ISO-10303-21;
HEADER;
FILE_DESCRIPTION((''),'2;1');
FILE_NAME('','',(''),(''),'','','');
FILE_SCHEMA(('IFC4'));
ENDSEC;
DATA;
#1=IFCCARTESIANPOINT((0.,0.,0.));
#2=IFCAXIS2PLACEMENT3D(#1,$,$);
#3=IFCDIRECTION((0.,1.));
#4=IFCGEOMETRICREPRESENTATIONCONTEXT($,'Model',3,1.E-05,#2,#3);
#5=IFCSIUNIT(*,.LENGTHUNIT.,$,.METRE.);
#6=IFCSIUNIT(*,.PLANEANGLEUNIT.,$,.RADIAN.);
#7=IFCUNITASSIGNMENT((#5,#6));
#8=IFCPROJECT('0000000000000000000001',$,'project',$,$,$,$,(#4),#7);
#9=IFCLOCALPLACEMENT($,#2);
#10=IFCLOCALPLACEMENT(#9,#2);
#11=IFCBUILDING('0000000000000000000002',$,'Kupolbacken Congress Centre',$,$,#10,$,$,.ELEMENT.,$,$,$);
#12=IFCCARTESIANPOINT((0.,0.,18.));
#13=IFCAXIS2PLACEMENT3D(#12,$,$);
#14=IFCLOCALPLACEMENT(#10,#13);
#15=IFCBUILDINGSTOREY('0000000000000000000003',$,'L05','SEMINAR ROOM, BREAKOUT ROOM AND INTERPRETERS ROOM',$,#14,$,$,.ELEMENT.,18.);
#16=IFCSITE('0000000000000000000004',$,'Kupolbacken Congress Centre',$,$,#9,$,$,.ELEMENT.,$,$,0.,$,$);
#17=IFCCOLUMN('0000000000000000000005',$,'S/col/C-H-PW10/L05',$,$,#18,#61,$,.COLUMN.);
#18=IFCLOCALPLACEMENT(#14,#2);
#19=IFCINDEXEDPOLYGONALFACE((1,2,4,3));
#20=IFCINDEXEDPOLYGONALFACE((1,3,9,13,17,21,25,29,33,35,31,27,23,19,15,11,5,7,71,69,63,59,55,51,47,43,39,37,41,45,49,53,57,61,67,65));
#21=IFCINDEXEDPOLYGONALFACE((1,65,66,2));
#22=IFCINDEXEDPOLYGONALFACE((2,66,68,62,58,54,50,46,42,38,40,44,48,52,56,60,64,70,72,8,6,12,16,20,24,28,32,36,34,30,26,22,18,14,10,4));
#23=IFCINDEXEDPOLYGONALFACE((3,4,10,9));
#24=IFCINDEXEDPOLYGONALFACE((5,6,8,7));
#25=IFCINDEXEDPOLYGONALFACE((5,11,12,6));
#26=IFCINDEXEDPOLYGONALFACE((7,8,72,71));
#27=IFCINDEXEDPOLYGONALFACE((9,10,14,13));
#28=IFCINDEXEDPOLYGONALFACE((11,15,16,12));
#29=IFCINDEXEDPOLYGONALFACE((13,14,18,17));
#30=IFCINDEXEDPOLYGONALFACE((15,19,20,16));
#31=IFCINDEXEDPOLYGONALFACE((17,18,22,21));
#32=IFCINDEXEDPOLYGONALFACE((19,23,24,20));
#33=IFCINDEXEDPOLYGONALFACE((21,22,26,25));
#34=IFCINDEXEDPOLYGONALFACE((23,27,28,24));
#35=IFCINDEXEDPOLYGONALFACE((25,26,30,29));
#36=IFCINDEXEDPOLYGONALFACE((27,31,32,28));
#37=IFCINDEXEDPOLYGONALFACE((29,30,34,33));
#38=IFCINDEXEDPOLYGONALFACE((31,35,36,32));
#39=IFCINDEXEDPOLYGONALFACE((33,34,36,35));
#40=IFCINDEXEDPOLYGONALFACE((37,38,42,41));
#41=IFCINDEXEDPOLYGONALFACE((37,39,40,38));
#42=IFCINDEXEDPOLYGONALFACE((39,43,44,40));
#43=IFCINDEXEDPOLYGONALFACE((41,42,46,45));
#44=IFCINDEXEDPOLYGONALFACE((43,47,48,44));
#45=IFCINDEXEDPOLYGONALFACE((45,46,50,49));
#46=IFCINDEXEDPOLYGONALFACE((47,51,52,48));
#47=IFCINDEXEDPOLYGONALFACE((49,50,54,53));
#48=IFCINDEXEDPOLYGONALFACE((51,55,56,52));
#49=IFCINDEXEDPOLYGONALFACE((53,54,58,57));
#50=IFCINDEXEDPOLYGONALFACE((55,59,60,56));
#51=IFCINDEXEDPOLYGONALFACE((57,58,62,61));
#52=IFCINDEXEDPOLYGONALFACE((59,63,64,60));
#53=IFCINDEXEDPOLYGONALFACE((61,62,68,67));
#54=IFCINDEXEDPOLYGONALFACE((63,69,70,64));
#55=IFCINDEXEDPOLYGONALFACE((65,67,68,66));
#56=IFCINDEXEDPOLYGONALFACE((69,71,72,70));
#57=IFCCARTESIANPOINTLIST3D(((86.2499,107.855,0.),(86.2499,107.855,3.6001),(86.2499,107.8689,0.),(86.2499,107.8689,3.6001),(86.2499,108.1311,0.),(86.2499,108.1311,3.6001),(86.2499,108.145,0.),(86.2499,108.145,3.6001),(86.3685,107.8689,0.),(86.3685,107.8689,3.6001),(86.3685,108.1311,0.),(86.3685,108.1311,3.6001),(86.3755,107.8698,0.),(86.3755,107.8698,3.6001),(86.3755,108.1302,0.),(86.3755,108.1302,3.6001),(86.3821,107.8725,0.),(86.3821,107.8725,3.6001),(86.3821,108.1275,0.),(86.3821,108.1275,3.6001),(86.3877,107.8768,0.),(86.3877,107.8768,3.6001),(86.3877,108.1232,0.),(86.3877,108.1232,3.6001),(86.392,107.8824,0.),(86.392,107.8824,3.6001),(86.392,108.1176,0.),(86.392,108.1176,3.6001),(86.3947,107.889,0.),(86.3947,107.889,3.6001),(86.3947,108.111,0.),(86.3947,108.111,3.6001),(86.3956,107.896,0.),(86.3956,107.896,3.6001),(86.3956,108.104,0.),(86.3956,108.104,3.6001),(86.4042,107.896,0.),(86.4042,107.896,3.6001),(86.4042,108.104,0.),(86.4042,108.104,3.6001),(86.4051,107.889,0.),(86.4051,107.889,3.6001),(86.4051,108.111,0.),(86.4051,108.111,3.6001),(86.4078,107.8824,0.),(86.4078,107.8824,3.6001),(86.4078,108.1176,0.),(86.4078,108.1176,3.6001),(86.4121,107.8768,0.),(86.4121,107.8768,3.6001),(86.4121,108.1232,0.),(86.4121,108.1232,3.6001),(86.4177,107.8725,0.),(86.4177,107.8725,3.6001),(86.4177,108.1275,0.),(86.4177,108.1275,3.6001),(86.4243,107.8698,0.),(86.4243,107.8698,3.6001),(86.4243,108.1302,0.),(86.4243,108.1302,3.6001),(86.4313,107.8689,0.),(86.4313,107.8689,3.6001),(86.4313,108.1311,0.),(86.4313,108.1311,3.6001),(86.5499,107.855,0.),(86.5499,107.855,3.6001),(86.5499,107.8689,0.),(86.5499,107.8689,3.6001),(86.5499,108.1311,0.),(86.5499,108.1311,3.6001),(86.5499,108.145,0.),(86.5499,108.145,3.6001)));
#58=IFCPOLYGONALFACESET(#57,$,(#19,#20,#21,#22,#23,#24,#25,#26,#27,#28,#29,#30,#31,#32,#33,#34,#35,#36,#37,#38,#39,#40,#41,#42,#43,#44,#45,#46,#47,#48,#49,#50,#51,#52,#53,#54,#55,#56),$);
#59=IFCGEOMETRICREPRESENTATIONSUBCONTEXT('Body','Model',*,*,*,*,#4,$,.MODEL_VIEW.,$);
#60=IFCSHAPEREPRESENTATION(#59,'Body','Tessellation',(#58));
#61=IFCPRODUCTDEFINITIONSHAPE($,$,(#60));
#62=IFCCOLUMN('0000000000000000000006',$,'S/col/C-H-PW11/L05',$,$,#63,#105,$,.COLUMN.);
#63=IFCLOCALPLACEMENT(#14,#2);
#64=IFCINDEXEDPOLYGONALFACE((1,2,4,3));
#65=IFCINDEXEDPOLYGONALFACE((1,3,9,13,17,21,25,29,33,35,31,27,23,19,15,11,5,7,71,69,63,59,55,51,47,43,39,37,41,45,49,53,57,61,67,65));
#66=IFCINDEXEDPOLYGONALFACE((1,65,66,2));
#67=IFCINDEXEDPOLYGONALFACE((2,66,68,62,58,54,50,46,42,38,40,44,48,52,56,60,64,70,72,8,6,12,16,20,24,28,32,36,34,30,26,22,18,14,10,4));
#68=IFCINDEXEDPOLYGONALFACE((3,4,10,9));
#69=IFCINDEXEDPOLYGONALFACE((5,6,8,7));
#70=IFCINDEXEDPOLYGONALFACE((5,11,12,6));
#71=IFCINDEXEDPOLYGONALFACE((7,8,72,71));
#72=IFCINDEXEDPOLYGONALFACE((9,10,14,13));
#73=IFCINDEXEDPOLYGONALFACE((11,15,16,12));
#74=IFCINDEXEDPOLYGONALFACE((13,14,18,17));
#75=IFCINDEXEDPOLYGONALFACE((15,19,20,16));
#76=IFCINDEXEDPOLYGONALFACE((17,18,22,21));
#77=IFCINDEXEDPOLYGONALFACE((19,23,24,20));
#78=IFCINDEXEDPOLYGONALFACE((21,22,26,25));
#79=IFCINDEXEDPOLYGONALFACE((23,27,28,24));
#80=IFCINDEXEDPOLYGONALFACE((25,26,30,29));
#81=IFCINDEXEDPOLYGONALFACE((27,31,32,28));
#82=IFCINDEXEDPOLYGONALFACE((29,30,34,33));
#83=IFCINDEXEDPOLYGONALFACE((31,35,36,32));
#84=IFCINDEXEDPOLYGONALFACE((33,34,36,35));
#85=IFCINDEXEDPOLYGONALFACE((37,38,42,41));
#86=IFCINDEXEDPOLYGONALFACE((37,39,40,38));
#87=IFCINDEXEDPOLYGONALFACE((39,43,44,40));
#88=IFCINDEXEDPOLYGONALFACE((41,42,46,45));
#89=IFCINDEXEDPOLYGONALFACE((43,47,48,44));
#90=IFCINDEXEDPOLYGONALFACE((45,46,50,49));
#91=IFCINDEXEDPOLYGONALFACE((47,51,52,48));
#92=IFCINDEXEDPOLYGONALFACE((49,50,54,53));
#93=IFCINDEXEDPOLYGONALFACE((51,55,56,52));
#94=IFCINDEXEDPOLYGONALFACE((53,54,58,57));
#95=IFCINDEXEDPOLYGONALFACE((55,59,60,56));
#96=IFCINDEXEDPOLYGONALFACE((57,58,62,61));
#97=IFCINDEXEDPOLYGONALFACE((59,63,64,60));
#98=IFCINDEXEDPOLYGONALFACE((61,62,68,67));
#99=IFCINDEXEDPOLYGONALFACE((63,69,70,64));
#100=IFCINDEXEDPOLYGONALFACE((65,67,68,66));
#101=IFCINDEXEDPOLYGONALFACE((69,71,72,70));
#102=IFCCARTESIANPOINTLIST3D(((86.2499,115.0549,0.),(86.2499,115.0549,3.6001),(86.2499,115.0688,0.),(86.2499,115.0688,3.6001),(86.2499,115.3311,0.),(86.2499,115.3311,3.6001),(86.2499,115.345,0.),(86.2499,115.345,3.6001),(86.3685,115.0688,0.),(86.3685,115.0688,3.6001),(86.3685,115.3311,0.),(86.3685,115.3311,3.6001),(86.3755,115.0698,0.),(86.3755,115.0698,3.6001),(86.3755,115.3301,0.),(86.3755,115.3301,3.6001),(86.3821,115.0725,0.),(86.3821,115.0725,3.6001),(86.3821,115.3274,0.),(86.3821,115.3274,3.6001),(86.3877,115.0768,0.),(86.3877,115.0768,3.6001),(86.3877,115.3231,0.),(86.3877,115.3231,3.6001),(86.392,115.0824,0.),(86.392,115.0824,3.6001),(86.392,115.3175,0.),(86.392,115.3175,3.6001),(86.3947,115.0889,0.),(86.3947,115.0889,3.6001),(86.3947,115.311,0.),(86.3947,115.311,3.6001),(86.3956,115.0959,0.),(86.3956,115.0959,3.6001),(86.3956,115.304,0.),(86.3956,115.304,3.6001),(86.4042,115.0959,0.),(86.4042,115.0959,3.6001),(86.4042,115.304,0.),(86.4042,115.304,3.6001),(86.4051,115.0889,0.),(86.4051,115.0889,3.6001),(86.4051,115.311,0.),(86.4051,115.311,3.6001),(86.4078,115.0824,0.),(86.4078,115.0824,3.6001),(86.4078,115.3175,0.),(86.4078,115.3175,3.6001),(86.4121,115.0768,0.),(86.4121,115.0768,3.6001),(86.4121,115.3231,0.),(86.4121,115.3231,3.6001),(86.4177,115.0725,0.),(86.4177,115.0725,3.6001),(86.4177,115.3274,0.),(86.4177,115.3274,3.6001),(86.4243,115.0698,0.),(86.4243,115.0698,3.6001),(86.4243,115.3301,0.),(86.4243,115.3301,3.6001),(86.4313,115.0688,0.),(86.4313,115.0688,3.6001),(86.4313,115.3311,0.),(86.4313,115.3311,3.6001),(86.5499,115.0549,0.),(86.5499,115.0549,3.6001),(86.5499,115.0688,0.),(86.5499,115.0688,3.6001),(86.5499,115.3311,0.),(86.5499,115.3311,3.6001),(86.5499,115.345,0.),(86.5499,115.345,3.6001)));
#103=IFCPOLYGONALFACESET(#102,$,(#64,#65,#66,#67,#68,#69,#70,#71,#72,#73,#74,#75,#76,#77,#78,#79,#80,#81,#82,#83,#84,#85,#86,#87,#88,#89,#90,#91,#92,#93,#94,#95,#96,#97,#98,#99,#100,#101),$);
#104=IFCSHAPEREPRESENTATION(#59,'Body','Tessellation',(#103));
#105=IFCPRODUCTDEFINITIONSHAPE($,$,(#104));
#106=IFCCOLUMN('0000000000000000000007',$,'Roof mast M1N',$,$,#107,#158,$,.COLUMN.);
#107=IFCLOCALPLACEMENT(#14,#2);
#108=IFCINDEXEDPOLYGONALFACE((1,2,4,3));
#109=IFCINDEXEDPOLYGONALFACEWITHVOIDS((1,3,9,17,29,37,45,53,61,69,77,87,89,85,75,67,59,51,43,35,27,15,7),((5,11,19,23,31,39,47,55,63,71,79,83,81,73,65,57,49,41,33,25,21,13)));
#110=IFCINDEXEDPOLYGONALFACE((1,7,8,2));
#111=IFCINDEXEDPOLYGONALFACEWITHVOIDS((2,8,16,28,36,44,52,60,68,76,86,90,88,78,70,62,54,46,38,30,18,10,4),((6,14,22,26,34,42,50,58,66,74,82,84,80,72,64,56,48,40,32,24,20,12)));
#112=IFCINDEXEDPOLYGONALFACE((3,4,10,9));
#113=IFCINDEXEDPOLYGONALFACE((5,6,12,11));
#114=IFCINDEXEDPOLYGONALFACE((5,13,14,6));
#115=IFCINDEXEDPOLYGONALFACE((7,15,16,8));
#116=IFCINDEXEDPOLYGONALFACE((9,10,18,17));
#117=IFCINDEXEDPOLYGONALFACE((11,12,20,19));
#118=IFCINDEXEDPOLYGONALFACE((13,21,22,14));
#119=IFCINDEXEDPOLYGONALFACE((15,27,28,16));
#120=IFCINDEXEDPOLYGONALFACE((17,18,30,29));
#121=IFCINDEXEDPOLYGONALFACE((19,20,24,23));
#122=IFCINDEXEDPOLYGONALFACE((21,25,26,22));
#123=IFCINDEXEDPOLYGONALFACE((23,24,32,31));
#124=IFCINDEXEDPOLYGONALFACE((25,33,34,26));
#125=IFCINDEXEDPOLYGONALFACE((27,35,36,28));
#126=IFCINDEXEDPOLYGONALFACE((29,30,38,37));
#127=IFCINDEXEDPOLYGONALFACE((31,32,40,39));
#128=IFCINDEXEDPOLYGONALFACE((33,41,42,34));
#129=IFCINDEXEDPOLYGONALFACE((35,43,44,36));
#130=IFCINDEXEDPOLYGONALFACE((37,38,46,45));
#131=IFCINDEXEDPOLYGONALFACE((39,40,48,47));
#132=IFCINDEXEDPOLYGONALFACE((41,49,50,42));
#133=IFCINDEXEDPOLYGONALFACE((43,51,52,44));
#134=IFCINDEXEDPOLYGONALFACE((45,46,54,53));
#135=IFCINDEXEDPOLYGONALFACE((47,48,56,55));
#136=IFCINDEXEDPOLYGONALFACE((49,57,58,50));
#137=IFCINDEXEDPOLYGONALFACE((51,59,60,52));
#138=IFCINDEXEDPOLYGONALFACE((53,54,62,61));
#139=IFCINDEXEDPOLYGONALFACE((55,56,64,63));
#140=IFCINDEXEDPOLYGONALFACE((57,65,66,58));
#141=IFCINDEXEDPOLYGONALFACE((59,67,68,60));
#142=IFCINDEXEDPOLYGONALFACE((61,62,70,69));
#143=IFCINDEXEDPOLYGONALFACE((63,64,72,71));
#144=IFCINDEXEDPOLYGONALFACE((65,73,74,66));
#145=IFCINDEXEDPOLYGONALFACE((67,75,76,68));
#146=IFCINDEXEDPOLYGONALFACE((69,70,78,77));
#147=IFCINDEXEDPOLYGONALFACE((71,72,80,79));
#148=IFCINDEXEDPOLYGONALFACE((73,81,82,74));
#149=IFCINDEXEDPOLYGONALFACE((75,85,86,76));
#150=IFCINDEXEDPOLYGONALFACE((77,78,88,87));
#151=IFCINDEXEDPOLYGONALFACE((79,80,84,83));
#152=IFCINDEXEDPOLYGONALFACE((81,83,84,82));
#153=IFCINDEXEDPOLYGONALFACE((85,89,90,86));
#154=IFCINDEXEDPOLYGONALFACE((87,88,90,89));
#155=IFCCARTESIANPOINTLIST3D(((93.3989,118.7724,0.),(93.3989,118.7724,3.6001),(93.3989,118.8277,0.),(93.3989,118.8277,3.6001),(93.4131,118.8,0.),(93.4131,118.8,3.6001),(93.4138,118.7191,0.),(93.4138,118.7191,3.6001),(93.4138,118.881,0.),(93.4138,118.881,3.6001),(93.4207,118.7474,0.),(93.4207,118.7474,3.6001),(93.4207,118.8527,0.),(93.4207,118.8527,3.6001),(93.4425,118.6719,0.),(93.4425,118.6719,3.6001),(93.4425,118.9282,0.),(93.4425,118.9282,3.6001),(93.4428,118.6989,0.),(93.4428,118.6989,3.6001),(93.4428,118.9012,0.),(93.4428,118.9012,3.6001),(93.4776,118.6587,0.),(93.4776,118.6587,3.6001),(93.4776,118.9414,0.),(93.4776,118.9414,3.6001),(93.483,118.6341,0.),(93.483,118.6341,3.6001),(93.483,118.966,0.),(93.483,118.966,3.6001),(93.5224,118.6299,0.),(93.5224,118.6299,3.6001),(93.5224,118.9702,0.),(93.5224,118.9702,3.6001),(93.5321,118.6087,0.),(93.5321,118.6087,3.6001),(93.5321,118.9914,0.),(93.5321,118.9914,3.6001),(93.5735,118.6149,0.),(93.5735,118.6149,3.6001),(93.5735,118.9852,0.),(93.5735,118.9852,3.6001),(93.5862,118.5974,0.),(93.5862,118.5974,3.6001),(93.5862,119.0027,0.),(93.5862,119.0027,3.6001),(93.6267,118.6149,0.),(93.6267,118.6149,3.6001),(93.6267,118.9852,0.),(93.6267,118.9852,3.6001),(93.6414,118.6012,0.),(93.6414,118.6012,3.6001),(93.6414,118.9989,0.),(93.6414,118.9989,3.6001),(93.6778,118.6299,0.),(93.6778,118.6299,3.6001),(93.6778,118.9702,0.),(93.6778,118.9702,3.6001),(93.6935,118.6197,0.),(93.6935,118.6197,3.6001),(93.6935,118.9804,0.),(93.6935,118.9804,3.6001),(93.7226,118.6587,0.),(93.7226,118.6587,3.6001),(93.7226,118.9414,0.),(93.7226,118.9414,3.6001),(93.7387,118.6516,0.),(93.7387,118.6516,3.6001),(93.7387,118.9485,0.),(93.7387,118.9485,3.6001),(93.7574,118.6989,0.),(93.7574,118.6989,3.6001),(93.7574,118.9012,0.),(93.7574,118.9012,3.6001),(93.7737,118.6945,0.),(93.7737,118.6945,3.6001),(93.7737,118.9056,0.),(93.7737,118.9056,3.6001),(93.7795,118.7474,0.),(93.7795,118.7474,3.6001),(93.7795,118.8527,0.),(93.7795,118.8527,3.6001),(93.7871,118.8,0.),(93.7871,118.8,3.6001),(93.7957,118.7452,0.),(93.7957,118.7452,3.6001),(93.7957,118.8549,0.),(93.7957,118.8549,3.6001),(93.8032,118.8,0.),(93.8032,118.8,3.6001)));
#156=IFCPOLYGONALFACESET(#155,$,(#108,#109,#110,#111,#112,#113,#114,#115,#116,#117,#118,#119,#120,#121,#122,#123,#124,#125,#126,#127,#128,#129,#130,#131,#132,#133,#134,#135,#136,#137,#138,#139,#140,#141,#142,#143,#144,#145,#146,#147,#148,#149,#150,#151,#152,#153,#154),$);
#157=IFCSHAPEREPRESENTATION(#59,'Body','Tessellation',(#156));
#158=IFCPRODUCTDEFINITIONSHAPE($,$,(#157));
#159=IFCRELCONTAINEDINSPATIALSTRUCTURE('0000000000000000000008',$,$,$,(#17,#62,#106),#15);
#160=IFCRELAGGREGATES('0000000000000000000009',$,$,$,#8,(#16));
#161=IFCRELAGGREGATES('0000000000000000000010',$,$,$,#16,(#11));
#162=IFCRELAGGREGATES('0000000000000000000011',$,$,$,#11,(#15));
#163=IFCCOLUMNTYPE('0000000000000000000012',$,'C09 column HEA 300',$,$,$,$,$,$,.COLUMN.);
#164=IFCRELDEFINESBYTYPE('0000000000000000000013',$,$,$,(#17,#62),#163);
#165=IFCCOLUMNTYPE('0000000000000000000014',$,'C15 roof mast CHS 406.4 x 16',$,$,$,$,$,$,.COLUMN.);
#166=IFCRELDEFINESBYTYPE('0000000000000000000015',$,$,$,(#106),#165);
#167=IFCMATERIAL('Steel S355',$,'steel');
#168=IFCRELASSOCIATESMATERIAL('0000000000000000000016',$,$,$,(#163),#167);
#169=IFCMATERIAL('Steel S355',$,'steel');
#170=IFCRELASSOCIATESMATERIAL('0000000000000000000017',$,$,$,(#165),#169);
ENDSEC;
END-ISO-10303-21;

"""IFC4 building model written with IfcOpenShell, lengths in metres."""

from ifc_helpers import new_model, si_unit, direction, frame, origin, origin_2d, place, context, subcontext, project, spatial, hollow_circle, i_section, extrude, material, material_profile, profile_set, type_object, element, save


model = new_model("IFC4")

# Units and contexts
model_context = context("Model", 3, precision=1e-05, world=origin(), true_north=direction((0.0, 1.0)))
body_context = subcontext(model_context, "Body", "Model", "MODEL_VIEW")
ifc_project = project(units=[si_unit("LENGTHUNIT", "METRE"), si_unit("PLANEANGLEUNIT", "RADIAN")], contexts=[model_context])

# Site, building, storey
site_placement = place(None, origin())
site = spatial("IfcSite", under=ifc_project, at=site_placement, Name="Kupolbacken Congress Centre", CompositionType="ELEMENT", RefElevation=0.0)
building_placement = place(site_placement, origin())
building = spatial("IfcBuilding", under=site, at=building_placement, Name="Kupolbacken Congress Centre", CompositionType="ELEMENT")
storey_placement = place(building_placement, frame((0.0, 0.0, 18.0)))
storey = spatial("IfcBuildingStorey", under=building, at=storey_placement, Name="L05", Description="SEMINAR ROOM, BREAKOUT ROOM AND INTERPRETERS ROOM", CompositionType="ELEMENT", Elevation=18.0)

# Columns
ifc_material_1 = material(Name="Steel S355", Category="steel")
ifc_material_profile_1 = material_profile(ifc_material_1, i_section(OverallWidth=0.3, OverallDepth=0.29, WebThickness=0.0085, FlangeThickness=0.0139, FilletRadius=0.0271, at=origin_2d()), Name="HEA 300")
ifc_profile_set_1 = profile_set([ifc_material_profile_1], Name="Steel S355")
column_type_1 = type_object("IfcColumnType", Name="C09 column HEA 300", PredefinedType="COLUMN", material=ifc_profile_set_1)
for number, where, z_axis, x_axis, name in (
    (1, (86.3999, 108.0, 0.0), (0.0, 0.0, 1.0), (1.0, 0.0, 0.0), "S/col/C-H-PW10/L05"),
    (2, (86.3999, 115.2, 0.0), (0.0, 0.0, 1.0), (1.0, 0.0, 0.0), "S/col/C-H-PW11/L05"),
):
    element("IfcColumn", number, at=place(storey_placement, frame(where, z_axis=z_axis, x_axis=x_axis)), inside=storey, type_object=column_type_1, Name=name, PredefinedType="COLUMN", context=body_context, shape_type="SweptSolid", body=[
        extrude(i_section(OverallWidth=0.3, OverallDepth=0.29, WebThickness=0.0085, FlangeThickness=0.0139, FilletRadius=0.0271, at=origin_2d()), origin(), (0.0, 0.0, 1.0), 3.6001),
    ])
ifc_material_2 = material(Name="Steel S355", Category="steel")
ifc_material_profile_2 = material_profile(ifc_material_2, hollow_circle(Radius=0.2031, WallThickness=0.0161, at=origin_2d()), Name="CHS 406.4 x 16")
ifc_profile_set_2 = profile_set([ifc_material_profile_2], Name="Steel S355")
column_type_2 = type_object("IfcColumnType", Name="C15 roof mast CHS 406.4 x 16", PredefinedType="COLUMN", material=ifc_profile_set_2)
column_placement = place(storey_placement, frame((93.6001, 118.8, 0.0), z_axis=(0.0, 0.0, 1.0), x_axis=(1.0, 0.0, 0.0)))
element("IfcColumn", 3, at=column_placement, inside=storey, type_object=column_type_2, Name="Roof mast M1N", PredefinedType="COLUMN", context=body_context, shape_type="SweptSolid", body=[
    extrude(hollow_circle(Radius=0.2031, WallThickness=0.0161, at=origin_2d()), origin(), (0.0, 0.0, 1.0), 3.6001),
])

save(model, "model.ifc")
